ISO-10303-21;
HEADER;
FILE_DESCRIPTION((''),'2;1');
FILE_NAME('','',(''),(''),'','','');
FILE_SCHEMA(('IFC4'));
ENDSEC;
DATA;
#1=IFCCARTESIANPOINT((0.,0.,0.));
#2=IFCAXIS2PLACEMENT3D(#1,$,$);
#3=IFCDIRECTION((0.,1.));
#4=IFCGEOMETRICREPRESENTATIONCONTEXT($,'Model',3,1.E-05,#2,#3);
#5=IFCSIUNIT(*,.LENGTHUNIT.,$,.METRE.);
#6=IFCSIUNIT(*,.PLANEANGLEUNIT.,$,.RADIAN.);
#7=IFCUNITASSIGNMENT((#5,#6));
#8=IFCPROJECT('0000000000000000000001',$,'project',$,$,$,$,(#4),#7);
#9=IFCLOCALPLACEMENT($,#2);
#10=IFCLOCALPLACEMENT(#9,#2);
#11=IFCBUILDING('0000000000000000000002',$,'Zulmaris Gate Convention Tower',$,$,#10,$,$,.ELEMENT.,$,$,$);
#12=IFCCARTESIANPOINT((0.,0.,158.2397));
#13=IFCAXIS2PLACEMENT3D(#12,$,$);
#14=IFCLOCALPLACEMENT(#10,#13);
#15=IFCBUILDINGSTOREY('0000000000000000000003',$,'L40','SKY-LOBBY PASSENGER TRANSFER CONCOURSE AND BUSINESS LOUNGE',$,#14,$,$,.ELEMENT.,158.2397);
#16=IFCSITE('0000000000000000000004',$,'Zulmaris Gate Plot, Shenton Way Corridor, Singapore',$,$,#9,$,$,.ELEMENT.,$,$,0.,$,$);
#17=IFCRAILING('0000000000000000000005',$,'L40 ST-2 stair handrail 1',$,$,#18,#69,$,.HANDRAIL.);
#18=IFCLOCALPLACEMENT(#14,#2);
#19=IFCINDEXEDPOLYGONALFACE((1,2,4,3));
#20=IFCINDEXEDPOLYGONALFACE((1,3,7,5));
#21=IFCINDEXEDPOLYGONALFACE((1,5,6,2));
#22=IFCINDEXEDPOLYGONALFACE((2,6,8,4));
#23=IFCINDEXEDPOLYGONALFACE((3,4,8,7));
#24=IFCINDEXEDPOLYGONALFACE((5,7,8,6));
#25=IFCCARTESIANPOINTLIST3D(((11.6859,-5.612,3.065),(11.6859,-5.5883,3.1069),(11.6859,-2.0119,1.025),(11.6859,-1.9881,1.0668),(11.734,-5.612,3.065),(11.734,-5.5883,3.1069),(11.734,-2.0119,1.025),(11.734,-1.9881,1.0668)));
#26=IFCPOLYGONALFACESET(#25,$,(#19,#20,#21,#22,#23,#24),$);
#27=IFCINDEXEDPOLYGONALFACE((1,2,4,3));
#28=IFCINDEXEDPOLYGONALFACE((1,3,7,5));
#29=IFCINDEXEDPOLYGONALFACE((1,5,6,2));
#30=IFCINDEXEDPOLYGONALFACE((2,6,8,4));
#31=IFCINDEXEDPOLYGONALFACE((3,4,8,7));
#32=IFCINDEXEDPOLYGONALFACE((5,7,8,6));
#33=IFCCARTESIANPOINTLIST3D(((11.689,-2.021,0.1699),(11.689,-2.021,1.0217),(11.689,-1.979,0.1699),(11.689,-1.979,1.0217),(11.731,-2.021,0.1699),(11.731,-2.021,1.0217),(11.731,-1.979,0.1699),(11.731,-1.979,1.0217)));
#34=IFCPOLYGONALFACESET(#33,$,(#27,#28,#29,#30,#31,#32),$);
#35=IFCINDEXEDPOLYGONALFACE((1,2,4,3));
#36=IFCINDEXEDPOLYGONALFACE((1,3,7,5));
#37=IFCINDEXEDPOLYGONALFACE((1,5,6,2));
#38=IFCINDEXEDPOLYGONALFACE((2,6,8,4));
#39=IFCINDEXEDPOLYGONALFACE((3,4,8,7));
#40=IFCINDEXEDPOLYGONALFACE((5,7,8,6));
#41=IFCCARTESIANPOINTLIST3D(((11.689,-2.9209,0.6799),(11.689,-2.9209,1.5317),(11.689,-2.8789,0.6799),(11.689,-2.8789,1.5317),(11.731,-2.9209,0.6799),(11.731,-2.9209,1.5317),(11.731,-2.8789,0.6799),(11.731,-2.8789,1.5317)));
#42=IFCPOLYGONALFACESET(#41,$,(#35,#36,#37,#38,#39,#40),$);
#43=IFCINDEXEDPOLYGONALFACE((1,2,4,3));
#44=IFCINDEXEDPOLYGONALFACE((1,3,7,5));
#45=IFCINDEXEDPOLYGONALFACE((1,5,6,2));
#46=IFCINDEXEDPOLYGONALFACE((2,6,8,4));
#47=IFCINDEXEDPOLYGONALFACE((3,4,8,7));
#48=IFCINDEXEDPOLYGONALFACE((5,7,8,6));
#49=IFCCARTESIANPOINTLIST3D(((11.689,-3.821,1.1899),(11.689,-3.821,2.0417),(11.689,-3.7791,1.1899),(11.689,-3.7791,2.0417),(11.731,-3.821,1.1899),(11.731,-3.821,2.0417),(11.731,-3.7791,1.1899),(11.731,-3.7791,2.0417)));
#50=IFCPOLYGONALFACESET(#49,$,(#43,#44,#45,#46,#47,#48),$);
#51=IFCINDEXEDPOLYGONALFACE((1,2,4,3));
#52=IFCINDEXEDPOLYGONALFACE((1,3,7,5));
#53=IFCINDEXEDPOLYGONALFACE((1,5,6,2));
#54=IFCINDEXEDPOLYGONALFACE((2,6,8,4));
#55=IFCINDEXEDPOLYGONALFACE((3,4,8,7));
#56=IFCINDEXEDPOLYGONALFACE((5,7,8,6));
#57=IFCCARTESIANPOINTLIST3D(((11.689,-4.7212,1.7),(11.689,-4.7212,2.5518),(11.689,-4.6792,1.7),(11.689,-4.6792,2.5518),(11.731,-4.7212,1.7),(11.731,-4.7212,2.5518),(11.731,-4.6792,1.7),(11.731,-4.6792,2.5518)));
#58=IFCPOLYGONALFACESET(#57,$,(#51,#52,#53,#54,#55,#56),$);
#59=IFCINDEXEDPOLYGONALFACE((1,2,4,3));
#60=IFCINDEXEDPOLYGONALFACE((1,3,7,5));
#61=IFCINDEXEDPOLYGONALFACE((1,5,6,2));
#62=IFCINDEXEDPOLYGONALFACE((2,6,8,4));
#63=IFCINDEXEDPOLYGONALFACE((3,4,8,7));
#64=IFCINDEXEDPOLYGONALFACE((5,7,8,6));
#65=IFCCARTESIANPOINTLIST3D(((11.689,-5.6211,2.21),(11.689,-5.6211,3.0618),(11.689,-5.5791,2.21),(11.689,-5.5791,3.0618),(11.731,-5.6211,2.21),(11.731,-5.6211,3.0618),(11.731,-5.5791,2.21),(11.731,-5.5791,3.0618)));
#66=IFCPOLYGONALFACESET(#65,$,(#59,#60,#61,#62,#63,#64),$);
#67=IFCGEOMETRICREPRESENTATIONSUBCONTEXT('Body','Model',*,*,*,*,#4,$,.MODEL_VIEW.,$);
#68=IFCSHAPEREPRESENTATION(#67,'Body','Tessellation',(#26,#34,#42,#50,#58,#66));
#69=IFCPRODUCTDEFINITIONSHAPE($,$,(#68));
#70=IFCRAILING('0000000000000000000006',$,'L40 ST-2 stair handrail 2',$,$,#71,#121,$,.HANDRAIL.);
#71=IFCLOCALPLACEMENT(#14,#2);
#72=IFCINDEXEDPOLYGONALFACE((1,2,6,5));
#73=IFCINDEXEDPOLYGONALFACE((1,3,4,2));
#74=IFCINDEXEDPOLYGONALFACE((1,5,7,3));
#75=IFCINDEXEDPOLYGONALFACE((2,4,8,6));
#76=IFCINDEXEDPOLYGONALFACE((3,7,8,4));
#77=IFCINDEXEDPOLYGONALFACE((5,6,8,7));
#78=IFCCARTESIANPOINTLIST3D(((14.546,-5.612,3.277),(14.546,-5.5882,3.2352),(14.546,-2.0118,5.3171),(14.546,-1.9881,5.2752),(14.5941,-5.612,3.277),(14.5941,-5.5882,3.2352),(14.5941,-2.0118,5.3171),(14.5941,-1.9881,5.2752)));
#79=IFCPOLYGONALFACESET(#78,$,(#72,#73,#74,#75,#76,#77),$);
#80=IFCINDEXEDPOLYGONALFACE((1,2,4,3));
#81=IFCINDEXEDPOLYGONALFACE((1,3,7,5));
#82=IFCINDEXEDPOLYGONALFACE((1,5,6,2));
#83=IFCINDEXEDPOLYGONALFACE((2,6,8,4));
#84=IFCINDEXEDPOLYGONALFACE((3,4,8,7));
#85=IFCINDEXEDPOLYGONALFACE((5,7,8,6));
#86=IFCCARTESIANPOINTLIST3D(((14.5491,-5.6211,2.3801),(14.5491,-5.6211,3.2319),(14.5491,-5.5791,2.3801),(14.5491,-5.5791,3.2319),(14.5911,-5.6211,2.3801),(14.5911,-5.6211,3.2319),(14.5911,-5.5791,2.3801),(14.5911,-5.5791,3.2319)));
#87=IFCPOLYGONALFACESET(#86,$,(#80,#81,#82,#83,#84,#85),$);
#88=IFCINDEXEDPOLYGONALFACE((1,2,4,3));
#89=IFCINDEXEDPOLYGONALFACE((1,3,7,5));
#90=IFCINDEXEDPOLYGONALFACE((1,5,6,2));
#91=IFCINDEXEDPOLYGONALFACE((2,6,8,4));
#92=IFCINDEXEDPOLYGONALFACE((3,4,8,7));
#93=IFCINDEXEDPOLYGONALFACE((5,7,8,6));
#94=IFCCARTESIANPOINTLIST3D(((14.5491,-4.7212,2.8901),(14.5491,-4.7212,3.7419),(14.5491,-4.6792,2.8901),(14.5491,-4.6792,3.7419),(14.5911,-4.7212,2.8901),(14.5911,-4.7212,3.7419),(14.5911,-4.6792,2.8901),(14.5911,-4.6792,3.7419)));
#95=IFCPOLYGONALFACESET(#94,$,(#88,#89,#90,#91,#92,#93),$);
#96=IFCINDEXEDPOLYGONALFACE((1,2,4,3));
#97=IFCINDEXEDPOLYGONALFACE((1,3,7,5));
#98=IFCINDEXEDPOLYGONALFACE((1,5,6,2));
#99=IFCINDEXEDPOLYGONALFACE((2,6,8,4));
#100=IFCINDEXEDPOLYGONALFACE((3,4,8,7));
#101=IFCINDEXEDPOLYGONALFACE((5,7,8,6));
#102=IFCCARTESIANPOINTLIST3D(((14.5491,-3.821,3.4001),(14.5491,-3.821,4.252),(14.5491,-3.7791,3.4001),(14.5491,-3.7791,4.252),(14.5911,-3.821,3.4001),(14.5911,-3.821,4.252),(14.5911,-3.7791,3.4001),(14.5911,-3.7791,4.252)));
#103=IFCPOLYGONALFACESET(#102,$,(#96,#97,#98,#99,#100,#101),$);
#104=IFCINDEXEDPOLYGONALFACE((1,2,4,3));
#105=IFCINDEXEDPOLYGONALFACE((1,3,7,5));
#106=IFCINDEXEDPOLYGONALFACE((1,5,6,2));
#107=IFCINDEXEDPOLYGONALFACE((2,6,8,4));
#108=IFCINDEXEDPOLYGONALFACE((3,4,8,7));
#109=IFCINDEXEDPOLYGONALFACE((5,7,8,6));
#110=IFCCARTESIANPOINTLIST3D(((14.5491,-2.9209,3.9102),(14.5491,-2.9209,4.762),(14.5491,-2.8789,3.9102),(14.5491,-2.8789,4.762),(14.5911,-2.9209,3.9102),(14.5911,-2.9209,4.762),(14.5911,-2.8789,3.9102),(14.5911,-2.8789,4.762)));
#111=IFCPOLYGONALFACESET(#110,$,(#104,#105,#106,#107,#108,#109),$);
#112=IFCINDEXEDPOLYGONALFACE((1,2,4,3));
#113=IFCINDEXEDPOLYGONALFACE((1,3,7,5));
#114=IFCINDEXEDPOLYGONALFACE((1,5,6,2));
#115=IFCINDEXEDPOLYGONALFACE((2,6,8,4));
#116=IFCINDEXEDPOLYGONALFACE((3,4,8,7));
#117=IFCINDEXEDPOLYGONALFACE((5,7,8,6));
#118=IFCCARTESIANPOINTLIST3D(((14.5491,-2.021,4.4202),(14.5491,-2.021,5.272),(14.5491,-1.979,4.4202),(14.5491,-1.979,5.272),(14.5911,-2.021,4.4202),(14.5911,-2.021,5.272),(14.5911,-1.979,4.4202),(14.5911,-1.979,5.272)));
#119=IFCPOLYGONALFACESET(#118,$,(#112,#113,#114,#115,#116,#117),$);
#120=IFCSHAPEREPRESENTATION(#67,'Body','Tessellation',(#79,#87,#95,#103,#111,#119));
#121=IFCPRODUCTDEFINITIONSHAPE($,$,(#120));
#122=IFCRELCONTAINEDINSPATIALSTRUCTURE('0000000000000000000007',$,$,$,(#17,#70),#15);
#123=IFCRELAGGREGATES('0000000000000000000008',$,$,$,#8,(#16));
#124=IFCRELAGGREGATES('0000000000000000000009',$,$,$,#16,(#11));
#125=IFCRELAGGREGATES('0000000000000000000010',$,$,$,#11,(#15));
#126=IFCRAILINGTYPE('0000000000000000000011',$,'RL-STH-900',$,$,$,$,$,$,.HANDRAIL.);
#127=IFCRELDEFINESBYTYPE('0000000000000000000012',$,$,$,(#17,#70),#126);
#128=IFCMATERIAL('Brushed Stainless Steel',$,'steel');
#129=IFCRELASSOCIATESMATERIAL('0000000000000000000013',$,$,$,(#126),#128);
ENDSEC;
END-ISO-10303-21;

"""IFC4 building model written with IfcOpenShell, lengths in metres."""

from ifc_helpers import new_model, si_unit, direction, frame, origin, origin_2d, place, context, subcontext, project, spatial, rectangle, extrude, material, type_object, element, save


model = new_model("IFC4")

# Units and contexts
model_context = context("Model", 3, precision=1e-05, world=origin(), true_north=direction((0.0, 1.0)))
body_context = subcontext(model_context, "Body", "Model", "MODEL_VIEW")
ifc_project = project(units=[si_unit("LENGTHUNIT", "METRE"), si_unit("PLANEANGLEUNIT", "RADIAN")], contexts=[model_context])

# Site, building, storey
site_placement = place(None, origin())
site = spatial("IfcSite", under=ifc_project, at=site_placement, Name="Zulmaris Gate Plot, Shenton Way Corridor, Singapore", CompositionType="ELEMENT", RefElevation=0.0)
building_placement = place(site_placement, origin())
building = spatial("IfcBuilding", under=site, at=building_placement, Name="Zulmaris Gate Convention Tower", CompositionType="ELEMENT")
storey_placement = place(building_placement, frame((0.0, 0.0, 158.2397)))
storey = spatial("IfcBuildingStorey", under=building, at=storey_placement, Name="L40", Description="SKY-LOBBY PASSENGER TRANSFER CONCOURSE AND BUSINESS LOUNGE", CompositionType="ELEMENT", Elevation=158.2397)

# Shared definitions
ifc_material_1 = material(Name="Brushed Stainless Steel", Category="steel")

# Railings
railing_type_1 = type_object("IfcRailingType", Name="RL-STH-900", PredefinedType="HANDRAIL", material=ifc_material_1)
railing_1_placement = place(storey_placement, frame((11.71, -2.0, 0.1699)))
element("IfcRailing", 1, at=railing_1_placement, inside=storey, type_object=railing_type_1, Name="L40 ST-2 stair handrail 1", PredefinedType="HANDRAIL", context=body_context, shape_type="SweptSolid", body=[
    extrude(rectangle(XDim=0.0481, YDim=0.0481, at=origin_2d()), frame((0.0, 0.0, 0.876), z_axis=(0.0, -0.870024, 0.49301), x_axis=(1.0, 0.0, 0.0)), (0.0, 0.0, 1.0), 4.1379),
    extrude(rectangle(XDim=0.042, YDim=0.042, at=origin_2d()), origin(), (0.0, 0.0, 1.0), 0.8518),
    extrude(rectangle(XDim=0.042, YDim=0.042, at=origin_2d()), frame((0.0, -0.8999, 0.51)), (0.0, 0.0, 1.0), 0.8518),
    extrude(rectangle(XDim=0.042, YDim=0.042, at=origin_2d()), frame((0.0, -1.8, 1.02)), (0.0, 0.0, 1.0), 0.8518),
    extrude(rectangle(XDim=0.042, YDim=0.042, at=origin_2d()), frame((0.0, -2.7002, 1.53)), (0.0, 0.0, 1.0), 0.8518),
    extrude(rectangle(XDim=0.042, YDim=0.042, at=origin_2d()), frame((0.0, -3.6001, 2.04)), (0.0, 0.0, 1.0), 0.8518),
])
railing_2_placement = place(storey_placement, frame((14.5701, -5.6001, 2.3801)))
element("IfcRailing", 2, at=railing_2_placement, inside=storey, type_object=railing_type_1, Name="L40 ST-2 stair handrail 2", PredefinedType="HANDRAIL", context=body_context, shape_type="SweptSolid", body=[
    extrude(rectangle(XDim=0.0481, YDim=0.0481, at=origin_2d()), frame((0.0, 0.0, 0.876), z_axis=(0.0, 0.870024, 0.49301), x_axis=(-1.0, 0.0, 0.0)), (0.0, 0.0, 1.0), 4.1379),
    extrude(rectangle(XDim=0.042, YDim=0.042, at=origin_2d()), origin(), (0.0, 0.0, 1.0), 0.8518),
    extrude(rectangle(XDim=0.042, YDim=0.042, at=origin_2d()), frame((0.0, 0.8999, 0.51)), (0.0, 0.0, 1.0), 0.8518),
    extrude(rectangle(XDim=0.042, YDim=0.042, at=origin_2d()), frame((0.0, 1.8, 1.02)), (0.0, 0.0, 1.0), 0.8518),
    extrude(rectangle(XDim=0.042, YDim=0.042, at=origin_2d()), frame((0.0, 2.7002, 1.53)), (0.0, 0.0, 1.0), 0.8518),
    extrude(rectangle(XDim=0.042, YDim=0.042, at=origin_2d()), frame((0.0, 3.6001, 2.04)), (0.0, 0.0, 1.0), 0.8518),
])

save(model, "model.ifc")
